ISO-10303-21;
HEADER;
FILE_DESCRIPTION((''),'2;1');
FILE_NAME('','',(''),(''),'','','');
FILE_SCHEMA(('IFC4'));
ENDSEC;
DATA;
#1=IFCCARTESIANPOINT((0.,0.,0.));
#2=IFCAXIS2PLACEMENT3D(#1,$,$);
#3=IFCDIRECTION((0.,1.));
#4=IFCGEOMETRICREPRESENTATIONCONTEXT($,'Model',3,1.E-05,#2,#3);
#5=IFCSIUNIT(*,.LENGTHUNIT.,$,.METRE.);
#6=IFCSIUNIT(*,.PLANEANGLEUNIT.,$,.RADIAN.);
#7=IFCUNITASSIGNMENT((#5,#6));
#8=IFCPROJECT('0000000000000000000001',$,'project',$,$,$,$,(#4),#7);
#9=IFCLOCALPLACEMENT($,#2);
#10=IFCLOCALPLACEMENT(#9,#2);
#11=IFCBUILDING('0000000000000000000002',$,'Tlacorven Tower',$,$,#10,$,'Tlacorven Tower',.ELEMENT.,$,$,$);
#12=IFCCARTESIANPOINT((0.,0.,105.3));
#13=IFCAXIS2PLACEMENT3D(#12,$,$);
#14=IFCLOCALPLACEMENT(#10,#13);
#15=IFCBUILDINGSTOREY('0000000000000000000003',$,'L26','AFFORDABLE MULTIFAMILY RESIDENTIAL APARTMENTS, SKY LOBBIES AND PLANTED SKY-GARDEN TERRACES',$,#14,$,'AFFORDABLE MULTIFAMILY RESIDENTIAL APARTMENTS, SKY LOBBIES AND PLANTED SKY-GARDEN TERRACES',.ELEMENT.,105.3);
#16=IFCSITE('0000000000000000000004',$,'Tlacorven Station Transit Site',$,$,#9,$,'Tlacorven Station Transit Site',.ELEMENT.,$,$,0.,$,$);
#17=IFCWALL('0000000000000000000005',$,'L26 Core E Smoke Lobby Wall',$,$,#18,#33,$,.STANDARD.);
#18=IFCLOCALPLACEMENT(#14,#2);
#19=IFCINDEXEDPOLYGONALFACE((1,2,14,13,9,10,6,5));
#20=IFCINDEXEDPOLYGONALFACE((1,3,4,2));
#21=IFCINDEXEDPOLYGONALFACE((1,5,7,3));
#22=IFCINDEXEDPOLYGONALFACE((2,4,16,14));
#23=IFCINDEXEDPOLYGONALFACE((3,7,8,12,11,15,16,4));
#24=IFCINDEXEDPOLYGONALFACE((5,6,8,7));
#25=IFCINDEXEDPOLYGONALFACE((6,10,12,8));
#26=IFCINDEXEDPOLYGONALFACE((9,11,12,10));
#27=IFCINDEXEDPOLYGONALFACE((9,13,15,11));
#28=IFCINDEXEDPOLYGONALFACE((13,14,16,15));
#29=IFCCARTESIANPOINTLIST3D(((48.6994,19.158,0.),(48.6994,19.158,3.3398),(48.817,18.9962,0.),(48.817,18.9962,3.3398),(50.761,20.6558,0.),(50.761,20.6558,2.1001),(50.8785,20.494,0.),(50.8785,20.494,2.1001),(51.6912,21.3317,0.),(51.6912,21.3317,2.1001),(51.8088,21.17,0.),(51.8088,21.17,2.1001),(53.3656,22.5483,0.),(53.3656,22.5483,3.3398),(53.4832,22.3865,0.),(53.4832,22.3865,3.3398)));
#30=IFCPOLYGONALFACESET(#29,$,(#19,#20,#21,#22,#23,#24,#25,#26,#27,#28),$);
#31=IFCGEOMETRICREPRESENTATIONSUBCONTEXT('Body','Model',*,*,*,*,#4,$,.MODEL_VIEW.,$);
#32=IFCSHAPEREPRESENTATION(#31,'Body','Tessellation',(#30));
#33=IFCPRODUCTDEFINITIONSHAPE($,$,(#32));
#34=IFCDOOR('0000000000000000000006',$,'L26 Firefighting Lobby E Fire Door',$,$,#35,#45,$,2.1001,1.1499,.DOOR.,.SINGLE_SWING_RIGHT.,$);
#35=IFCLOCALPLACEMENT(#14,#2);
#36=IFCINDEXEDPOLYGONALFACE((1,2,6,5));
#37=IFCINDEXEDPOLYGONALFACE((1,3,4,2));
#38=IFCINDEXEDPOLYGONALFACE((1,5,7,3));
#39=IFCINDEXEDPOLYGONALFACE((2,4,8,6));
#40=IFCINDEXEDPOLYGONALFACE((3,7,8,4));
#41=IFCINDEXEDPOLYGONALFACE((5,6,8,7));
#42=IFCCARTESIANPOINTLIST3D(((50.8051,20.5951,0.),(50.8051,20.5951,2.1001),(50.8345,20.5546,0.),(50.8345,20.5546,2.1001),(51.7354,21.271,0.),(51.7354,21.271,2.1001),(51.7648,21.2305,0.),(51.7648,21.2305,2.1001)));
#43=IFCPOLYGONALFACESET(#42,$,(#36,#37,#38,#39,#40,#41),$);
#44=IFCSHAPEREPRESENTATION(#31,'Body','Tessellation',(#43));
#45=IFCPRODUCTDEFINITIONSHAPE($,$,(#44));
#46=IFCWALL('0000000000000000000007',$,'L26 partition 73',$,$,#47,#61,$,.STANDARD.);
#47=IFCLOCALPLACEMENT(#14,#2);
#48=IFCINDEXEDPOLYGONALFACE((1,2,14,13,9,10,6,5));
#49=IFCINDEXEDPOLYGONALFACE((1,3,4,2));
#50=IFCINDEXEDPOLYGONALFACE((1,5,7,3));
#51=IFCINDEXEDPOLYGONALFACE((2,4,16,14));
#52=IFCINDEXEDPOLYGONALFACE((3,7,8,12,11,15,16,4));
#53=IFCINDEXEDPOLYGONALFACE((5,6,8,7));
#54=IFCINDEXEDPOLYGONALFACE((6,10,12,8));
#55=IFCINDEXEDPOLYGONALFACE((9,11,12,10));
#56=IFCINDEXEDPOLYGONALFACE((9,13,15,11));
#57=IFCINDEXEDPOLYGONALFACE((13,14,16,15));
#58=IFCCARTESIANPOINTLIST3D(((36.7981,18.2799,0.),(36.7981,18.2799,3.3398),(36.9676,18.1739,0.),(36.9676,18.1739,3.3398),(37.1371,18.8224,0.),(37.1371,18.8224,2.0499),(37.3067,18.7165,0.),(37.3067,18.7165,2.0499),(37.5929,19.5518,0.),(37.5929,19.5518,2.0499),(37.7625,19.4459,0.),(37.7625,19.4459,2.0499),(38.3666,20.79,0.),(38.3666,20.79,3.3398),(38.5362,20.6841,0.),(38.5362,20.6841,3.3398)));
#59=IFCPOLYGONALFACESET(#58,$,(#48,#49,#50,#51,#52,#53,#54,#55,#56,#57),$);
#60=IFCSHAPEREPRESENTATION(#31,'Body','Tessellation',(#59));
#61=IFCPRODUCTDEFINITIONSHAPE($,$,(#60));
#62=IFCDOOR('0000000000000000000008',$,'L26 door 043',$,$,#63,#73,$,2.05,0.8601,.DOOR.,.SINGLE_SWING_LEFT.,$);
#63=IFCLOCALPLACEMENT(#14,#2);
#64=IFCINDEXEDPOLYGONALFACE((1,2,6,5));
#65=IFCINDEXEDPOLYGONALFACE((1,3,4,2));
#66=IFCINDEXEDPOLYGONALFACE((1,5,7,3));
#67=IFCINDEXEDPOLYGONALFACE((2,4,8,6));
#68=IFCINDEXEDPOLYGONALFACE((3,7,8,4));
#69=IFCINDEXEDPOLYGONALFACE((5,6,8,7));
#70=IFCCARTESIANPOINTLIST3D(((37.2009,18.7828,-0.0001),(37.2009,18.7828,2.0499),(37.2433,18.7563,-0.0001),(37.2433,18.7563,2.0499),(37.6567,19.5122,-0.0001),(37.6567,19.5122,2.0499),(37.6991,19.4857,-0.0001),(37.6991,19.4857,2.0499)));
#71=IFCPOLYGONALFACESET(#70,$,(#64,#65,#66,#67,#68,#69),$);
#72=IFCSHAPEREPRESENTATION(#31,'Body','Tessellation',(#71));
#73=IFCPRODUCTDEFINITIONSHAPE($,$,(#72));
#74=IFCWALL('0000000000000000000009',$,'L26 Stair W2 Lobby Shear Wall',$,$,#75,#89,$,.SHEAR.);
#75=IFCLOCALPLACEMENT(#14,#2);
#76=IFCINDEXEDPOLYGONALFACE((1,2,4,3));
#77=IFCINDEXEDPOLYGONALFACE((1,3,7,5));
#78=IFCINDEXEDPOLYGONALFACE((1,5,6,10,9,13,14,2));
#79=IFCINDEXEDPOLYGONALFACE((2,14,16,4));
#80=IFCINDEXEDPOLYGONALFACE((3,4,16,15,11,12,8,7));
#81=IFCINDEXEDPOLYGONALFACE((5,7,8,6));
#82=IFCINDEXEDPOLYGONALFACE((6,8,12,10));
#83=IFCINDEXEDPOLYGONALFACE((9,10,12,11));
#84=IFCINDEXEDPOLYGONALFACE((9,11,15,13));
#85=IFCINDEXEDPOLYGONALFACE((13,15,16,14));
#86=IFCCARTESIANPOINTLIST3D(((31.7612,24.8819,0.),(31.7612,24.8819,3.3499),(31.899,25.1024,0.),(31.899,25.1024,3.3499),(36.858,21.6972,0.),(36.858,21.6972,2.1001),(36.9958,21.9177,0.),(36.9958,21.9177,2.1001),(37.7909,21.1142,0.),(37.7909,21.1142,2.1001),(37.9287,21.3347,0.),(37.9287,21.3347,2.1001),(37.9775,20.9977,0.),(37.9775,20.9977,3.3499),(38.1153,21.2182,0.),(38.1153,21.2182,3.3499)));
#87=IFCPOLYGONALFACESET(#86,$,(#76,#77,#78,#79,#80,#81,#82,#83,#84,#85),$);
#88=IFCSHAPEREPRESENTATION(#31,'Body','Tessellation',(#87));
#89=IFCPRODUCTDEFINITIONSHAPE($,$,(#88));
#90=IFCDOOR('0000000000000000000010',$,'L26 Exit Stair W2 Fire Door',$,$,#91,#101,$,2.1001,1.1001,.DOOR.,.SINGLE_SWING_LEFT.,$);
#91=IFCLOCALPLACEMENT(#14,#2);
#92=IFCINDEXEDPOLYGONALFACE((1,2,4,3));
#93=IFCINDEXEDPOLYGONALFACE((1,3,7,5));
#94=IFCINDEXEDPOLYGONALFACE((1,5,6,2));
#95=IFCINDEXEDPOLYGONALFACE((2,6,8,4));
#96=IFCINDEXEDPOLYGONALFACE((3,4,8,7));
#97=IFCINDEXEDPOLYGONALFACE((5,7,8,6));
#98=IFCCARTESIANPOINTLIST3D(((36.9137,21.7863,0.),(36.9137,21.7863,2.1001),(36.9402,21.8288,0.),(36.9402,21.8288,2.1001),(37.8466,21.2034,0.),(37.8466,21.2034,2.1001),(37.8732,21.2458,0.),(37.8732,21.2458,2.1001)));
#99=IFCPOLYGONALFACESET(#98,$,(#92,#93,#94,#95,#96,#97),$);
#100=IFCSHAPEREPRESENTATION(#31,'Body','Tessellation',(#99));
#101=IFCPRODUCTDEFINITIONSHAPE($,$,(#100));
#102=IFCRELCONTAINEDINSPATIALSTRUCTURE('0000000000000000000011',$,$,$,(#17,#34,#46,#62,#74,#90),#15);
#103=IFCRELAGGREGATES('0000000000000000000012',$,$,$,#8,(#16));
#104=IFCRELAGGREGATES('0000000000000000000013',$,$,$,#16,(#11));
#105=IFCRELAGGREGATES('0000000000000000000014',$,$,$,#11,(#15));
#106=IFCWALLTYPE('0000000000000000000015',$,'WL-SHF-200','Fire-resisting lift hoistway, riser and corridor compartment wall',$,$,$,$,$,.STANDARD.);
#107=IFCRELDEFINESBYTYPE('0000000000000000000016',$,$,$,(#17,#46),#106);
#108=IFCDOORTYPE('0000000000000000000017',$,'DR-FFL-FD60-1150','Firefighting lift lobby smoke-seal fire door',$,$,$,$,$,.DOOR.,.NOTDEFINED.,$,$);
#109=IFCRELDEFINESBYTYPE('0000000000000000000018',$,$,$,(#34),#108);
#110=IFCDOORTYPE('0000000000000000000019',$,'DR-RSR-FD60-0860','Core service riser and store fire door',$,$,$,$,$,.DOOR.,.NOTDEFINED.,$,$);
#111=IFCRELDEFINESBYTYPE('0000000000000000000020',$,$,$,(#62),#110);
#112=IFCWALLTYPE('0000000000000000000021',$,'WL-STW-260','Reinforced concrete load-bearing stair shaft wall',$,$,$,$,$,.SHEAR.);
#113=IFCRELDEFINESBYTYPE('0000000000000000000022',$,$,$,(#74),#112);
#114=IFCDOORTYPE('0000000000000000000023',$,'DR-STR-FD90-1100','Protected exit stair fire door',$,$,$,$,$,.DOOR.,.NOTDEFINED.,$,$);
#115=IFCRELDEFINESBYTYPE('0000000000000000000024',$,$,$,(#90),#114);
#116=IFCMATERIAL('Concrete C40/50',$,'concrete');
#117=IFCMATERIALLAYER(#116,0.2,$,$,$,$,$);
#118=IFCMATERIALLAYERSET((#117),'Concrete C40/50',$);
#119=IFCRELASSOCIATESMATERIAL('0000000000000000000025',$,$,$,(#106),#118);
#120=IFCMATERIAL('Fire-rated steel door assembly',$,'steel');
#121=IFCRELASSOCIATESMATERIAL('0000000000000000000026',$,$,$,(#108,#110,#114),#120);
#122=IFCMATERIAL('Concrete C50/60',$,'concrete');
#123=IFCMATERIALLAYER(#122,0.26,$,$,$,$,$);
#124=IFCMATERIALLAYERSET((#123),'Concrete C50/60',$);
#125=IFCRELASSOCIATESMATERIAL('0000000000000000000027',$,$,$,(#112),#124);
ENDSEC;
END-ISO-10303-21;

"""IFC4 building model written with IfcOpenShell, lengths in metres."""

from ifc_helpers import new_model, si_unit, direction, frame, frame_2d, origin, place, context, subcontext, project, spatial, rectangle, extrude, source, transform, mapped, material, layer, layer_set, type_object, element, fill, save


model = new_model("IFC4")

# Units and contexts
model_context = context("Model", 3, precision=1e-05, world=origin(), true_north=direction((0.0, 1.0)))
body_context = subcontext(model_context, "Body", "Model", "MODEL_VIEW")
ifc_project = project(units=[si_unit("LENGTHUNIT", "METRE"), si_unit("PLANEANGLEUNIT", "RADIAN")], contexts=[model_context])

# Site, building, storey
site_placement = place(None, origin())
site = spatial("IfcSite", under=ifc_project, at=site_placement, Name="Tlacorven Station Transit Site", LongName="Tlacorven Station Transit Site", CompositionType="ELEMENT", RefElevation=0.0)
building_placement = place(site_placement, origin())
building = spatial("IfcBuilding", under=site, at=building_placement, Name="Tlacorven Tower", LongName="Tlacorven Tower", CompositionType="ELEMENT")
storey_placement = place(building_placement, frame((0.0, 0.0, 105.3)))
storey = spatial("IfcBuildingStorey", under=building, at=storey_placement, Name="L26", Description="AFFORDABLE MULTIFAMILY RESIDENTIAL APARTMENTS, SKY LOBBIES AND PLANTED SKY-GARDEN TERRACES", LongName="AFFORDABLE MULTIFAMILY RESIDENTIAL APARTMENTS, SKY LOBBIES AND PLANTED SKY-GARDEN TERRACES", CompositionType="ELEMENT", Elevation=105.3)

# Walls, openings, doors
ifc_material_1 = material(Name="Concrete C40/50", Category="concrete")
ifc_layer_1 = layer(ifc_material_1, 0.2)
ifc_layer_set_1 = layer_set([ifc_layer_1], Name="Concrete C40/50")
wall_type_1 = type_object("IfcWallType", Name="WL-SHF-200", Description="Fire-resisting lift hoistway, riser and corridor compartment wall", PredefinedType="STANDARD", material=ifc_layer_set_1)
ifc_material_2 = material(Name="Fire-rated steel door assembly", Category="steel")
door_type_1 = type_object("IfcDoorType", Name="DR-FFL-FD60-1150", Description="Firefighting lift lobby smoke-seal fire door", OperationType="NOTDEFINED", PredefinedType="DOOR", material=ifc_material_2)
shared_shape_1 = source(origin(), body_context, "Body", "SweptSolid", [
    extrude(rectangle(XDim=1.1499, YDim=2.1001, at=frame_2d((0.575, 1.05))), frame((0.0, 0.0249, 0.0), z_axis=(0.0, -1.0, 0.0), x_axis=(1.0, 0.0, 0.0)), (0.0, 0.0, 1.0), 0.05),
])
wall_1_placement = place(storey_placement, frame((48.7583, 19.0771, 0.0), z_axis=(0.0, 0.0, 1.0), x_axis=(0.809005, 0.587802, 0.0)))
wall_1 = element("IfcWall", 1, at=wall_1_placement, inside=storey, type_object=wall_type_1, Name="L26 Core E Smoke Lobby Wall", PredefinedType="STANDARD", context=body_context, shape_type="SweptSolid", body=[
    extrude(rectangle(XDim=5.7678, YDim=0.2, at=frame_2d((2.8838, 0.0))), origin(), (0.0, 0.0, 1.0), 3.3398),
])
opening_1_placement = place(wall_1_placement, frame((2.5481, 0.0, 0.0)))
opening_1 = element("IfcOpeningElement", 2, at=opening_1_placement, cuts=wall_1, PredefinedType="OPENING", context=body_context, shape_type="SweptSolid", body=[
    extrude(rectangle(XDim=1.1499, YDim=2.1001, at=frame_2d((0.575, 1.05))), frame((0.0, 0.1099, 0.0), z_axis=(0.0, -1.0, 0.0), x_axis=(1.0, 0.0, 0.0)), (0.0, 0.0, 1.0), 0.22),
])
door_1_placement = place(opening_1_placement, origin())
door_1 = element("IfcDoor", 3, at=door_1_placement, inside=storey, type_object=door_type_1, Name="L26 Firefighting Lobby E Fire Door", OperationType="SINGLE_SWING_RIGHT", OverallHeight=2.1001, OverallWidth=1.1499, PredefinedType="DOOR", context=body_context, shape_type="MappedRepresentation", body=[
    mapped(shared_shape_1, transform((0.0, 0.0, 0.0), scale=1.0)),
])
fill(opening_1, door_1)
wall_2_placement = place(storey_placement, frame((38.4514, 20.7371, 0.0), z_axis=(0.0, 0.0, 1.0), x_axis=(-0.529925, -0.848045, 0.0)))
wall_2 = element("IfcWall", 4, at=wall_2_placement, inside=storey, type_object=wall_type_1, Name="L26 partition 73", PredefinedType="STANDARD", context=body_context, shape_type="SweptSolid", body=[
    extrude(rectangle(XDim=2.96, YDim=0.2, at=frame_2d((1.48, 0.0))), origin(), (0.0, 0.0, 1.0), 3.3398),
])
opening_2_placement = place(wall_2_placement, frame((1.46, 0.0, 0.0)))
opening_2 = element("IfcOpeningElement", 5, at=opening_2_placement, cuts=wall_2, PredefinedType="OPENING", context=body_context, shape_type="SweptSolid", body=[
    extrude(rectangle(XDim=0.8601, YDim=2.05, at=frame_2d((0.4302, 1.0249))), frame((0.0, 0.1099, 0.0), z_axis=(0.0, -1.0, 0.0), x_axis=(1.0, 0.0, 0.0)), (0.0, 0.0, 1.0), 0.22),
])
door_type_2 = type_object("IfcDoorType", Name="DR-RSR-FD60-0860", Description="Core service riser and store fire door", OperationType="NOTDEFINED", PredefinedType="DOOR", material=ifc_material_2)
shared_shape_2 = source(origin(), body_context, "Body", "SweptSolid", [
    extrude(rectangle(XDim=0.8601, YDim=2.05, at=frame_2d((0.4302, 1.0249))), frame((0.0, 0.0249, 0.0), z_axis=(0.0, -1.0, 0.0), x_axis=(1.0, 0.0, 0.0)), (0.0, 0.0, 1.0), 0.05),
])
door_2_placement = place(opening_2_placement, frame((0.8601, 0.0, 0.0), z_axis=(0.0, 0.0, 1.0), x_axis=(-1.0, 0.0, 0.0)))
door_2 = element("IfcDoor", 6, at=door_2_placement, inside=storey, type_object=door_type_2, Name="L26 door 043", OperationType="SINGLE_SWING_LEFT", OverallHeight=2.05, OverallWidth=0.8601, PredefinedType="DOOR", context=body_context, shape_type="MappedRepresentation", body=[
    mapped(shared_shape_2, transform((0.0, 0.0, 0.0), scale=1.0)),
])
fill(opening_2, door_2)
ifc_material_3 = material(Name="Concrete C50/60", Category="concrete")
ifc_layer_2 = layer(ifc_material_3, 0.26)
ifc_layer_set_2 = layer_set([ifc_layer_2], Name="Concrete C50/60")
wall_type_2 = type_object("IfcWallType", Name="WL-STW-260", Description="Reinforced concrete load-bearing stair shaft wall", PredefinedType="SHEAR", material=ifc_layer_set_2)
wall_3_placement = place(storey_placement, frame((38.0464, 21.1079, 0.0), z_axis=(0.0, 0.0, 1.0), x_axis=(-0.848054, 0.529909, 0.0)))
wall_3 = element("IfcWall", 7, at=wall_3_placement, inside=storey, type_object=wall_type_2, Name="L26 Stair W2 Lobby Shear Wall", PredefinedType="SHEAR", context=body_context, shape_type="SweptSolid", body=[
    extrude(rectangle(XDim=7.3301, YDim=0.26, at=frame_2d((3.665, 0.0))), origin(), (0.0, 0.0, 1.0), 3.3499),
])
opening_3_placement = place(wall_3_placement, frame((0.22, 0.0, 0.0)))
opening_3 = element("IfcOpeningElement", 8, at=opening_3_placement, cuts=wall_3, PredefinedType="OPENING", context=body_context, shape_type="SweptSolid", body=[
    extrude(rectangle(XDim=1.1001, YDim=2.1001, at=frame_2d((0.55, 1.05))), frame((0.0, 0.1401, 0.0), z_axis=(0.0, -1.0, 0.0), x_axis=(1.0, 0.0, 0.0)), (0.0, 0.0, 1.0), 0.28),
])
door_type_3 = type_object("IfcDoorType", Name="DR-STR-FD90-1100", Description="Protected exit stair fire door", OperationType="NOTDEFINED", PredefinedType="DOOR", material=ifc_material_2)
shared_shape_3 = source(origin(), body_context, "Body", "SweptSolid", [
    extrude(rectangle(XDim=1.1001, YDim=2.1001, at=frame_2d((0.55, 1.05))), frame((0.0, 0.0249, 0.0), z_axis=(0.0, -1.0, 0.0), x_axis=(1.0, 0.0, 0.0)), (0.0, 0.0, 1.0), 0.05),
])
door_3_placement = place(opening_3_placement, origin())
door_3 = element("IfcDoor", 9, at=door_3_placement, inside=storey, type_object=door_type_3, Name="L26 Exit Stair W2 Fire Door", OperationType="SINGLE_SWING_LEFT", OverallHeight=2.1001, OverallWidth=1.1001, PredefinedType="DOOR", context=body_context, shape_type="MappedRepresentation", body=[
    mapped(shared_shape_3, transform((0.0, 0.0, 0.0), scale=1.0)),
])
fill(opening_3, door_3)

save(model, "model.ifc")
